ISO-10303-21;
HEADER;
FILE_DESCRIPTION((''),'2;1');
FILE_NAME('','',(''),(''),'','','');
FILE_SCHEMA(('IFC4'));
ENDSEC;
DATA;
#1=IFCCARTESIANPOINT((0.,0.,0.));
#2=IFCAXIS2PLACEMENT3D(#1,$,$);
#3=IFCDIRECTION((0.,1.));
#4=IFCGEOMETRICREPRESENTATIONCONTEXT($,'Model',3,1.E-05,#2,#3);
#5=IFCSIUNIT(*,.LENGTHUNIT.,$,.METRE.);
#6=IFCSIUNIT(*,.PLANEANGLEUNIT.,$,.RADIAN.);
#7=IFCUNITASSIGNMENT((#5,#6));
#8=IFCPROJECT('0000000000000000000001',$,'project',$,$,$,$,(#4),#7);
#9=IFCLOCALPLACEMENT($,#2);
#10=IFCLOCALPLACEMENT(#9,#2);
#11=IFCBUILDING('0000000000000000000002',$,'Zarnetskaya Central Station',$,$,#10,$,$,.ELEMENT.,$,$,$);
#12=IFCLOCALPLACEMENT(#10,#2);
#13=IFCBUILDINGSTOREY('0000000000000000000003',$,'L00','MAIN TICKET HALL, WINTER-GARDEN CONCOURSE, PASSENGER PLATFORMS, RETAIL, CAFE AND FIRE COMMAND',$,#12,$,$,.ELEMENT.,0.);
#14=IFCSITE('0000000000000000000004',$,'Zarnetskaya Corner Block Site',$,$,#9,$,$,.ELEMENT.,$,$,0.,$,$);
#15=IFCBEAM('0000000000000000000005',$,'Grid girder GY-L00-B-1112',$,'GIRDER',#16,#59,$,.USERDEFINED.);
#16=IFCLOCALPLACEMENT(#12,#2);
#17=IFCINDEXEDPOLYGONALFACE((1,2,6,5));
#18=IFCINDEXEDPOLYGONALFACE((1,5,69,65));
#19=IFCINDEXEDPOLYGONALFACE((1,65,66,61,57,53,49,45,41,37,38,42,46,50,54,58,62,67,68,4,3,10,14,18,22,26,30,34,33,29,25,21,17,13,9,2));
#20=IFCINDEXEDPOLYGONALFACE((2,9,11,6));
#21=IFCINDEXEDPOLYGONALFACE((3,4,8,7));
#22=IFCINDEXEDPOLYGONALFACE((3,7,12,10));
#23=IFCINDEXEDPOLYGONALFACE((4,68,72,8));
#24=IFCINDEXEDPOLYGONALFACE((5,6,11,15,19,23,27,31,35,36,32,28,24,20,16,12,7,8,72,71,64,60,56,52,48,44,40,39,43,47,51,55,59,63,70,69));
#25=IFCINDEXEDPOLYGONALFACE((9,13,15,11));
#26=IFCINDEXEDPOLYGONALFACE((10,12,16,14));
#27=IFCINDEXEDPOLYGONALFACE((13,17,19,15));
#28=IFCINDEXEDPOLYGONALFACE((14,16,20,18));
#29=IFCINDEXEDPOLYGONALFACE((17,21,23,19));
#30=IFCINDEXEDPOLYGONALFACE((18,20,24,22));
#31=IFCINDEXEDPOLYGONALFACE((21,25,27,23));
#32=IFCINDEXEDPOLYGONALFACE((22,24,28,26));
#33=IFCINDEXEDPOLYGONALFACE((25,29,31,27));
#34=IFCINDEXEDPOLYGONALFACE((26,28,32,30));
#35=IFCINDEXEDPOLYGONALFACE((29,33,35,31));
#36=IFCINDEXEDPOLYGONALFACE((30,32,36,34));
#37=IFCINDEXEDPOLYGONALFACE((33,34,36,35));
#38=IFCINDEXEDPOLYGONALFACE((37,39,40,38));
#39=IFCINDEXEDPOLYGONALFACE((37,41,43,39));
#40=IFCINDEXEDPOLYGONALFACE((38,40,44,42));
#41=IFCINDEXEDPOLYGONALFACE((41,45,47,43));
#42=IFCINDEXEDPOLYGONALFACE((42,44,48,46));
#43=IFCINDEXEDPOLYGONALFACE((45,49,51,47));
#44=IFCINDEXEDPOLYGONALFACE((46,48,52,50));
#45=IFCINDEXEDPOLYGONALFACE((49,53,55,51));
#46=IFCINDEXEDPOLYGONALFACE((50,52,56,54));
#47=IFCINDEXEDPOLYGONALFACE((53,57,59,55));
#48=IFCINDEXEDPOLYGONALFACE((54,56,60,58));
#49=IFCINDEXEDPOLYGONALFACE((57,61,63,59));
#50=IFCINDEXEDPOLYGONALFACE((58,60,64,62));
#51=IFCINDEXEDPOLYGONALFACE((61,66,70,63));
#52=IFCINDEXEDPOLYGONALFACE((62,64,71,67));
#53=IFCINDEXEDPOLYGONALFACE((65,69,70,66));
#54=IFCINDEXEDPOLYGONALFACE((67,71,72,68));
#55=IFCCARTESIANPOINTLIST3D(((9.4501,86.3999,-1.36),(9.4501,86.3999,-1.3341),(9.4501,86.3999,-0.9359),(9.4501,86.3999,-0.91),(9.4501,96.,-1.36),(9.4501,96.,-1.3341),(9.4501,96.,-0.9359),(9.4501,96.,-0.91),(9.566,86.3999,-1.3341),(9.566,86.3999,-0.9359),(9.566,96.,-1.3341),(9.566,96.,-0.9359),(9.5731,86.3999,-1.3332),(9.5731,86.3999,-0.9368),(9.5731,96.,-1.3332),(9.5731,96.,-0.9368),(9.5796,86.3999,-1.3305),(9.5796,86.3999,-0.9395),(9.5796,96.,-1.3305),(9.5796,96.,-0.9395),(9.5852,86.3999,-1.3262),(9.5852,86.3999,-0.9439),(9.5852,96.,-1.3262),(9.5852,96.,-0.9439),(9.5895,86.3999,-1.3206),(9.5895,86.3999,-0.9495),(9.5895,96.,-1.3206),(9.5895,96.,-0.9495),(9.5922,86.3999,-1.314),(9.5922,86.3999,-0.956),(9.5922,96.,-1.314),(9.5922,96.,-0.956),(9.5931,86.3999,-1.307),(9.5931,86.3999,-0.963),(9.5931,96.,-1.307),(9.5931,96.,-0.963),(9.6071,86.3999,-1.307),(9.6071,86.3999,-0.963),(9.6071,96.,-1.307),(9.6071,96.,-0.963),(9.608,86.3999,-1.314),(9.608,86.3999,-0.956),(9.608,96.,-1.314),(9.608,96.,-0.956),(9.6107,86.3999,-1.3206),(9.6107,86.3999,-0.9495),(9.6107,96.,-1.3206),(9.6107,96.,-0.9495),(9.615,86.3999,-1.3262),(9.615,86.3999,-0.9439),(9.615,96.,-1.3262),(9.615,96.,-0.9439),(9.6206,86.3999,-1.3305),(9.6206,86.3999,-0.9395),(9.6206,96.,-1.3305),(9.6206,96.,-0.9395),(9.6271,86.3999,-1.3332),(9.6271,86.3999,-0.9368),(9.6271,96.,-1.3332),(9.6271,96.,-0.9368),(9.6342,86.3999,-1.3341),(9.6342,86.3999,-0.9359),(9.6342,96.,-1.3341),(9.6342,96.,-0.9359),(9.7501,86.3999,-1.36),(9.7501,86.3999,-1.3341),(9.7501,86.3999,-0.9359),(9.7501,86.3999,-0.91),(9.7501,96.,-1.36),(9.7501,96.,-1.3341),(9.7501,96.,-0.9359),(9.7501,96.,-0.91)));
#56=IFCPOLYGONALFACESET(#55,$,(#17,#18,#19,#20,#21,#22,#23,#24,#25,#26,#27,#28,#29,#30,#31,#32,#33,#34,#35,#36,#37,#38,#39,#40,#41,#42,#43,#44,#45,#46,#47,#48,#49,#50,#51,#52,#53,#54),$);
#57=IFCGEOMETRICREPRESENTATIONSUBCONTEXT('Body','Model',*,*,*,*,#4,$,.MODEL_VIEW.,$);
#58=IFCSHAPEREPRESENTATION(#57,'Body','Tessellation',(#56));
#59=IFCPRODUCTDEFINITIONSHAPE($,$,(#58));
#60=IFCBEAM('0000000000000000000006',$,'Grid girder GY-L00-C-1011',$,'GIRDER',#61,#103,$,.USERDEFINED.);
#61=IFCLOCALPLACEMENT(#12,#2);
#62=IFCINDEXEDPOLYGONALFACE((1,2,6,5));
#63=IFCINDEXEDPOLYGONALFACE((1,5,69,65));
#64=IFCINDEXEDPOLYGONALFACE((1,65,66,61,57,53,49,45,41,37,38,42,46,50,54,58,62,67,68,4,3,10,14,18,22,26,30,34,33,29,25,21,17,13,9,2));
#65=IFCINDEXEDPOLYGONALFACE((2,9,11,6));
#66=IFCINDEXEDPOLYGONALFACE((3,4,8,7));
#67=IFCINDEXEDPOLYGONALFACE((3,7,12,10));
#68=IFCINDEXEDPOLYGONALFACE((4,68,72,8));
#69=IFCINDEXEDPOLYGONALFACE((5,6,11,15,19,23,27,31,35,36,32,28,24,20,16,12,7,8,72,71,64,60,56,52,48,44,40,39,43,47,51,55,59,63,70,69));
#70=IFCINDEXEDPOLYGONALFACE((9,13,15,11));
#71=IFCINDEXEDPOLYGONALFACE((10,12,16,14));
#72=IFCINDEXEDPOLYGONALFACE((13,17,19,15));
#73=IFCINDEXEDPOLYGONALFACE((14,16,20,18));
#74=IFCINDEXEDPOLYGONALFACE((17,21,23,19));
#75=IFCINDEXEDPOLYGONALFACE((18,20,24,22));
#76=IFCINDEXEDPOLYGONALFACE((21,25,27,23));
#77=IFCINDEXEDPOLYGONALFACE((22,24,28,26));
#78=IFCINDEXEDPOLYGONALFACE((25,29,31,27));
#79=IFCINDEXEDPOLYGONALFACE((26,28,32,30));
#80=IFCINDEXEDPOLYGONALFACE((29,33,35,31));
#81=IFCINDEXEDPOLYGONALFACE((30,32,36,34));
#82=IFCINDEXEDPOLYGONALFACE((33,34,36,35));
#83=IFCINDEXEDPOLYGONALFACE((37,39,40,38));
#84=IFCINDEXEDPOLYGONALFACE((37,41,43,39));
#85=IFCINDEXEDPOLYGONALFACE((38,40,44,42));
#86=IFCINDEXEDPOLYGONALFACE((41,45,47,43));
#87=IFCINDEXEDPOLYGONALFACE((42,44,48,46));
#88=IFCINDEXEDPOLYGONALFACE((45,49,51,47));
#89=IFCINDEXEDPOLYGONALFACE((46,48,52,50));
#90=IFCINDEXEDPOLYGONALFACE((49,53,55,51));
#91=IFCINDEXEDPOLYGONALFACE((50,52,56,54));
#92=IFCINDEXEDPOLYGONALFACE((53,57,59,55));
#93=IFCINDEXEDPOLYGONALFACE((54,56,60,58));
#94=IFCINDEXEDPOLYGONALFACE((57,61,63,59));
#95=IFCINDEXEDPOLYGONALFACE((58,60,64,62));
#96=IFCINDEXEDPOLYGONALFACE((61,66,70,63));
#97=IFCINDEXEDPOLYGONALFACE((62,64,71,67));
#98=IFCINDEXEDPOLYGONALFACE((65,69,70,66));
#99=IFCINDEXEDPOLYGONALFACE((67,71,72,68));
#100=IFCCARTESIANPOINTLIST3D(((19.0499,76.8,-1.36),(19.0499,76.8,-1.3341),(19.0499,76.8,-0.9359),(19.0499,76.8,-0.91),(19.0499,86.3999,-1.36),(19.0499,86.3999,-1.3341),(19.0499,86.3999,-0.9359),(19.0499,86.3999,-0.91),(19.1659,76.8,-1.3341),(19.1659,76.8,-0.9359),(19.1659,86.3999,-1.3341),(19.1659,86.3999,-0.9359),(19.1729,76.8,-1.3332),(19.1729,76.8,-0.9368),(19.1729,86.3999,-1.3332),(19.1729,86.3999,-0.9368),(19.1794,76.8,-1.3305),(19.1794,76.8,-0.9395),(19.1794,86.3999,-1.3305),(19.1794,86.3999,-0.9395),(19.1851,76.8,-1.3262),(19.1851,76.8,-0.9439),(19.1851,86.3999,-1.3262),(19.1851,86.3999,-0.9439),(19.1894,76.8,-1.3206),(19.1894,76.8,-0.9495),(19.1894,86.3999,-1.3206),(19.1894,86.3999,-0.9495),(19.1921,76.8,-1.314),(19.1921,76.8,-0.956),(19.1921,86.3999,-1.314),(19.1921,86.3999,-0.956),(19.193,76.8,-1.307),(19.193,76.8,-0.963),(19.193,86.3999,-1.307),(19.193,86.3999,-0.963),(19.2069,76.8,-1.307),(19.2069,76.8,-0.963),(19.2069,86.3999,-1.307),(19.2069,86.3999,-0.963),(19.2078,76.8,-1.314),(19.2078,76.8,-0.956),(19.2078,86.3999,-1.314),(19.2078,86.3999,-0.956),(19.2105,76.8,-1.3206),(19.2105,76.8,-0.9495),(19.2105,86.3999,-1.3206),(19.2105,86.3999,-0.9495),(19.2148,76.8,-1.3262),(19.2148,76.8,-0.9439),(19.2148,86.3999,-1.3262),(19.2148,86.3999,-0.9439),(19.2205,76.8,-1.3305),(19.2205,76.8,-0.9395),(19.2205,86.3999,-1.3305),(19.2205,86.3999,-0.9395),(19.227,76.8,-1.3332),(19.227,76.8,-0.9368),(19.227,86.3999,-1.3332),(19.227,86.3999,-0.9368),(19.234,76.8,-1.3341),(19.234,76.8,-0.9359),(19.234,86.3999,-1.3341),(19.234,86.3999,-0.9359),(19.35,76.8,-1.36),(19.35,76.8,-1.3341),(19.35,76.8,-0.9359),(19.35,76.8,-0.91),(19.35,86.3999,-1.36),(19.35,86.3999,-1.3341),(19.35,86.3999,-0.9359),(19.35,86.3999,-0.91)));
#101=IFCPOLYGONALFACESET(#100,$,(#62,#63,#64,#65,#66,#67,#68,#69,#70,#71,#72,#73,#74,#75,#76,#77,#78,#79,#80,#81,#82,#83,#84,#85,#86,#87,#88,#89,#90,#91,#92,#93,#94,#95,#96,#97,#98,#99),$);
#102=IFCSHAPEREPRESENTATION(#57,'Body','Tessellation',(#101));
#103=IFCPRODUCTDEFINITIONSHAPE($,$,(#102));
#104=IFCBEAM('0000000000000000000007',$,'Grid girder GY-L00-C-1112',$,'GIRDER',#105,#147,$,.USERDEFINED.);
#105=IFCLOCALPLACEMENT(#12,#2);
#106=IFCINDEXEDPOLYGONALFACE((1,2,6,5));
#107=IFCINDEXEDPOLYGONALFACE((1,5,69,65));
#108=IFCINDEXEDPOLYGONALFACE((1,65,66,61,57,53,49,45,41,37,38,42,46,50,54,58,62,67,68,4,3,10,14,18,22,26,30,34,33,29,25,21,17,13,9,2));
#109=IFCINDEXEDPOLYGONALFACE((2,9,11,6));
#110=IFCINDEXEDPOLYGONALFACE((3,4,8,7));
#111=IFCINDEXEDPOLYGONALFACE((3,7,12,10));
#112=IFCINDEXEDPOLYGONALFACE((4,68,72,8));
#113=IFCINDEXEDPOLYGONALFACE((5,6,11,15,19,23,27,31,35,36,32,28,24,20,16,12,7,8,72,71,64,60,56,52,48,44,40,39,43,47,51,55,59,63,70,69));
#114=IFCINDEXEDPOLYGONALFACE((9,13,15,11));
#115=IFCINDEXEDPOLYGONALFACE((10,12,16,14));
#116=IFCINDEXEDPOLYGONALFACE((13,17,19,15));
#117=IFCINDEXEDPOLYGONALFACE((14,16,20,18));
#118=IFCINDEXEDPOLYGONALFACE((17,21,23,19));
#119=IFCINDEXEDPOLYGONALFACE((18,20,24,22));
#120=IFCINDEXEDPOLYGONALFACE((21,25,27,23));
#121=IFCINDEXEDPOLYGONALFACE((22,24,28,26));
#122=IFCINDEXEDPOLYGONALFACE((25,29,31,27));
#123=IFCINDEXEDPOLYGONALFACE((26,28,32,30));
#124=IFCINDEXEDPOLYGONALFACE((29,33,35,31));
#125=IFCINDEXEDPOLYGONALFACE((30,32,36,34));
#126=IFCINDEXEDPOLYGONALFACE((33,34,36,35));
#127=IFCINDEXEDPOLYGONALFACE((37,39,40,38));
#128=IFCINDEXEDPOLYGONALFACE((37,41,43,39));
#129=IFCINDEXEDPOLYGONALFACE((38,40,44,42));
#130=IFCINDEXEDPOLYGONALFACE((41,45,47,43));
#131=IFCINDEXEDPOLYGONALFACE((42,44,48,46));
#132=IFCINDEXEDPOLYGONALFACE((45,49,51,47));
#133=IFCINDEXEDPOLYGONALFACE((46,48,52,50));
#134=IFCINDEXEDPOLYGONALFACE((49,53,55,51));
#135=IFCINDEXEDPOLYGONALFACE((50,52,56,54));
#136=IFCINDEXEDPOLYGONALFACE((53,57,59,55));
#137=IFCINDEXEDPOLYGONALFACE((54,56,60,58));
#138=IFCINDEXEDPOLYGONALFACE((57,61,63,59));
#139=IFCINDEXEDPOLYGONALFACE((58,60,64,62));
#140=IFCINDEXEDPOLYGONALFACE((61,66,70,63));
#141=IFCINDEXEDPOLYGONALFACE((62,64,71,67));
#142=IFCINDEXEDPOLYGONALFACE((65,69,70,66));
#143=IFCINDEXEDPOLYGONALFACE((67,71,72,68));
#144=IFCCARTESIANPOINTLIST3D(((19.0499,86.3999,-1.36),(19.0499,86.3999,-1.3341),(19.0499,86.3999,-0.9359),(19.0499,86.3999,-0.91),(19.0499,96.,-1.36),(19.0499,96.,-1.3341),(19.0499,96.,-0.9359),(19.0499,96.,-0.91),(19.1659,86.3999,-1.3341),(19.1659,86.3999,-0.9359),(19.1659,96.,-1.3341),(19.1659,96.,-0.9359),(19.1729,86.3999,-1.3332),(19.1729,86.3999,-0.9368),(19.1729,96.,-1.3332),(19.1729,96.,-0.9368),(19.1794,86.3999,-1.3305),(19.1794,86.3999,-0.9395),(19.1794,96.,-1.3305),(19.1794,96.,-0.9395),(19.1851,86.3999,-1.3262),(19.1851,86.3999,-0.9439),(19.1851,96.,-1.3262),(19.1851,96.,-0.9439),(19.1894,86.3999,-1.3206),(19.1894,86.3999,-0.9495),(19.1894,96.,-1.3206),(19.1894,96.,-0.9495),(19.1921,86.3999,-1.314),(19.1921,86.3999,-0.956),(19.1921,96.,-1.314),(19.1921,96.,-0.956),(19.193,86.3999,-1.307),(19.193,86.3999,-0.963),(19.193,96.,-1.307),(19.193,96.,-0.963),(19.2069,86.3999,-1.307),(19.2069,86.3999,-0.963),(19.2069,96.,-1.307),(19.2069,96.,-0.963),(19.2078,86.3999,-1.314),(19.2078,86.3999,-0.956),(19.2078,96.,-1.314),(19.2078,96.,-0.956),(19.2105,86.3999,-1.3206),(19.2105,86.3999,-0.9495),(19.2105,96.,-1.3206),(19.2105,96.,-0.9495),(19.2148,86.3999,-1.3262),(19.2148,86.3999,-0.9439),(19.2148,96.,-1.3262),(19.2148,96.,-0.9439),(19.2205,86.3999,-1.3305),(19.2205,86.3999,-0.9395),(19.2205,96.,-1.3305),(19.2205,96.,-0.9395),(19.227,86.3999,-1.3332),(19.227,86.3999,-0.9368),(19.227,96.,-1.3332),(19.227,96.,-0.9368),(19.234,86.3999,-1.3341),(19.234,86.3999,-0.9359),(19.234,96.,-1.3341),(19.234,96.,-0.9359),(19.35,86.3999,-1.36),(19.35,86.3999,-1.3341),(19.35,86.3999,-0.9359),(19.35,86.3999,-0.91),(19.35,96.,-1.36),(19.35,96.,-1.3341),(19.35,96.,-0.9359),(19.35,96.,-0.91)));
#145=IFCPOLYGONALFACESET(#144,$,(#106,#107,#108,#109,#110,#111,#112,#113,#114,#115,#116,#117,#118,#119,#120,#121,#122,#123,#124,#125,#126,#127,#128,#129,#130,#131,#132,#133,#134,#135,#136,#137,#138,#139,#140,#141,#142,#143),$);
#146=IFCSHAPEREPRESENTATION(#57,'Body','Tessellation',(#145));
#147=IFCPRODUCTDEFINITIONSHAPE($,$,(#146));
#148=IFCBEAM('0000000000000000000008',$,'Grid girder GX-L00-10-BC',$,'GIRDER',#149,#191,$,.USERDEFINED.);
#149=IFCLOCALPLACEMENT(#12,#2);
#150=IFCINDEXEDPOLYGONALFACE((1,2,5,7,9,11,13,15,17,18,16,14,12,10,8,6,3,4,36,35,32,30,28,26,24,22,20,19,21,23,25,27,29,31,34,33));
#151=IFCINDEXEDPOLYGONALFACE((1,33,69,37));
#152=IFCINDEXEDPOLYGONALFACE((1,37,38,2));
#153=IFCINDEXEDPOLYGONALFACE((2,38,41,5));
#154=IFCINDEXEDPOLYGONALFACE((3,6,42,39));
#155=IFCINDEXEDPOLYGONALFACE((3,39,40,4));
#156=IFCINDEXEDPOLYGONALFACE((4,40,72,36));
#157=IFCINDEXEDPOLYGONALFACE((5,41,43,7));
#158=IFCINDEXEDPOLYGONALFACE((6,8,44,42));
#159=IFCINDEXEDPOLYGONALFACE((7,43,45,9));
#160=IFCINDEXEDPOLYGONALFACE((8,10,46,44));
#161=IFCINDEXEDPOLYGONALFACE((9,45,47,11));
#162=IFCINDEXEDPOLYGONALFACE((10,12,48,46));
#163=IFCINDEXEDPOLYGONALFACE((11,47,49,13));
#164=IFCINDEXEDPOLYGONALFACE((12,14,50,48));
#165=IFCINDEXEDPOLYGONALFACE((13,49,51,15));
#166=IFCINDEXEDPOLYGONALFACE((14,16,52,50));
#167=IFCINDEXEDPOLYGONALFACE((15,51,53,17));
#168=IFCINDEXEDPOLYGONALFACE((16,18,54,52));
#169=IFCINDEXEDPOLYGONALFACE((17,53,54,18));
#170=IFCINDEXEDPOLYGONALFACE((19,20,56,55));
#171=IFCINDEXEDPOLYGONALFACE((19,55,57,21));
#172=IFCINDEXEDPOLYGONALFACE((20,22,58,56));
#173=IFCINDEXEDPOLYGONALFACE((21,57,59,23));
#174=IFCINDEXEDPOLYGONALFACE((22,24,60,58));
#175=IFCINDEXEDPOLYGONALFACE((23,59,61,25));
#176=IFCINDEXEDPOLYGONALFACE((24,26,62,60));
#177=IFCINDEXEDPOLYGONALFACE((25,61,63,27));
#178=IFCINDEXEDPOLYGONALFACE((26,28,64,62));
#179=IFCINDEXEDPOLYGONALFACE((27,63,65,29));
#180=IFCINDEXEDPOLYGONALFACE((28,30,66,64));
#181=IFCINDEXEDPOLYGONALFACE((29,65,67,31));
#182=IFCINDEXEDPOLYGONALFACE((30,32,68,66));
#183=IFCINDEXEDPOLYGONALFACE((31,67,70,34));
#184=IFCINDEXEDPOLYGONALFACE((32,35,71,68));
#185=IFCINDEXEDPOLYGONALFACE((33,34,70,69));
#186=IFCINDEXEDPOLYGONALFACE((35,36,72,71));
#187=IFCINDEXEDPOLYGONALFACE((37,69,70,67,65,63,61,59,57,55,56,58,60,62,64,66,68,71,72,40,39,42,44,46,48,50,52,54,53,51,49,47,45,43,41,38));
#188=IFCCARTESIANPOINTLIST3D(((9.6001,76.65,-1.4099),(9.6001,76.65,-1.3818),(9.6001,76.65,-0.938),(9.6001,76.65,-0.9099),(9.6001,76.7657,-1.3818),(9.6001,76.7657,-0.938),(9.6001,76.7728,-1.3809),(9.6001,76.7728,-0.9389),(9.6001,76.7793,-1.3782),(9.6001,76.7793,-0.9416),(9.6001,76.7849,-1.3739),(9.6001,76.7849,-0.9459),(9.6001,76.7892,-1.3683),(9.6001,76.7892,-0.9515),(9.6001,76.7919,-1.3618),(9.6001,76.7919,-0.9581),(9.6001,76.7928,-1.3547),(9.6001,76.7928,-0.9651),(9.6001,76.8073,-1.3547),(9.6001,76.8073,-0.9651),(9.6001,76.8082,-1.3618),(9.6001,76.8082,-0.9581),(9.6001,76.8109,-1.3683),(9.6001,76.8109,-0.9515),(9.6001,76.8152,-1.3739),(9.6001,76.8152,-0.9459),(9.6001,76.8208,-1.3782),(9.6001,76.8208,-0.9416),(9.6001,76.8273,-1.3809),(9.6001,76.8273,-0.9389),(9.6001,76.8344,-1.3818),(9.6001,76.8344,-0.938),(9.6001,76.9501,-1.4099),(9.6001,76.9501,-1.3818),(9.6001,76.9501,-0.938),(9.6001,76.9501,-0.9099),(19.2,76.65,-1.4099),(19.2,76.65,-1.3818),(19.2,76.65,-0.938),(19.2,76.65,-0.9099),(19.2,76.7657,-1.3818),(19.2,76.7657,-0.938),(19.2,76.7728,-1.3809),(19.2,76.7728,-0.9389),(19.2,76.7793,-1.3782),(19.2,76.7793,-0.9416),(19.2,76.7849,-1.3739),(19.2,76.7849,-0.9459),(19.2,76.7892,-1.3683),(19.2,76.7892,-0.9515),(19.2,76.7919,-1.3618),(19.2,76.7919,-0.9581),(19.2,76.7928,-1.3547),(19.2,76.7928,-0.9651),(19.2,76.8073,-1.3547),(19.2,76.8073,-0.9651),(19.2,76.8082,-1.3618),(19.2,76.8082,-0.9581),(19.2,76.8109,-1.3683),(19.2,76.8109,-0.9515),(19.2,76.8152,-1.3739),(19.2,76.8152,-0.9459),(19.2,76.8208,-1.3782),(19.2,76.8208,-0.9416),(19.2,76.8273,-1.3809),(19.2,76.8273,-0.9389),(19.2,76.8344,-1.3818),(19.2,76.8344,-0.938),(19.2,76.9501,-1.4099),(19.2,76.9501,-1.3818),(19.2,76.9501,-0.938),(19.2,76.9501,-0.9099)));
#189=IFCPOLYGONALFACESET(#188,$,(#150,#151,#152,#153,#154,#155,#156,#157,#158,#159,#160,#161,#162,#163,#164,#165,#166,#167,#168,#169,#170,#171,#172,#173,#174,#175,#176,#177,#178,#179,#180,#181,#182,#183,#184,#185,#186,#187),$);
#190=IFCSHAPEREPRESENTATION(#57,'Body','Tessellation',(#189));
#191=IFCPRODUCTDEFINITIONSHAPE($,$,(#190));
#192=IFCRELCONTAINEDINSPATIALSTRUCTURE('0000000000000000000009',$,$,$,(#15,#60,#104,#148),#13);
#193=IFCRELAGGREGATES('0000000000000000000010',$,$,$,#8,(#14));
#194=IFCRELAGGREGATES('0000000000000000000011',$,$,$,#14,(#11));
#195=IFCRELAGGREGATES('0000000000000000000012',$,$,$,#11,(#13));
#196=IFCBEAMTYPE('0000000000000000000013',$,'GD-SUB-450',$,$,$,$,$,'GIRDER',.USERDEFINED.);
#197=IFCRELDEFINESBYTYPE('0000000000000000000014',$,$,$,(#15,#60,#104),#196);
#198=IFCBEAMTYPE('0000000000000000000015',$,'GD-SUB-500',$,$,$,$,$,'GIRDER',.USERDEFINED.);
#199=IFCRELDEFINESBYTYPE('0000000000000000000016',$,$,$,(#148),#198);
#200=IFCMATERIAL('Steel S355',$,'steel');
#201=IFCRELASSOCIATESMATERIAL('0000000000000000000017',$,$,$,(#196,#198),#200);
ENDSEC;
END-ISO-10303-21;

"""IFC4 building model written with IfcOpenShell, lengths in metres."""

from ifc_helpers import new_model, si_unit, direction, frame, origin, origin_2d, place, context, subcontext, project, spatial, i_section, extrude, material, material_profile, profile_set, type_object, element, save


model = new_model("IFC4")

# Units and contexts
model_context = context("Model", 3, precision=1e-05, world=origin(), true_north=direction((0.0, 1.0)))
body_context = subcontext(model_context, "Body", "Model", "MODEL_VIEW")
ifc_project = project(units=[si_unit("LENGTHUNIT", "METRE"), si_unit("PLANEANGLEUNIT", "RADIAN")], contexts=[model_context])

# Site, building, storey
site_placement = place(None, origin())
site = spatial("IfcSite", under=ifc_project, at=site_placement, Name="Zarnetskaya Corner Block Site", CompositionType="ELEMENT", RefElevation=0.0)
building_placement = place(site_placement, origin())
building = spatial("IfcBuilding", under=site, at=building_placement, Name="Zarnetskaya Central Station", CompositionType="ELEMENT")
storey_placement = place(building_placement, origin())
storey = spatial("IfcBuildingStorey", under=building, at=storey_placement, Name="L00", Description="MAIN TICKET HALL, WINTER-GARDEN CONCOURSE, PASSENGER PLATFORMS, RETAIL, CAFE AND FIRE COMMAND", CompositionType="ELEMENT", Elevation=0.0)

# Shared definitions
ifc_material = material(Name="Steel S355", Category="steel")

# Beams
ifc_material_profile_1 = material_profile(ifc_material, i_section(OverallWidth=0.3, OverallDepth=0.45, WebThickness=0.0139, FlangeThickness=0.0259, FilletRadius=0.0271, at=origin_2d()), Name="HEB 450")
ifc_profile_set_1 = profile_set([ifc_material_profile_1], Name="Steel S355")
beam_type_1 = type_object("IfcBeamType", Name="GD-SUB-450", ElementType="GIRDER", PredefinedType="USERDEFINED", material=ifc_profile_set_1)
beam_1_placement = place(storey_placement, frame((9.6001, 86.3999, -1.135), z_axis=(0.0, 1.0, 0.0), x_axis=(-1.0, 0.0, 0.0)))
element("IfcBeam", 1, at=beam_1_placement, inside=storey, type_object=beam_type_1, Name="Grid girder GY-L00-B-1112", ObjectType="GIRDER", PredefinedType="USERDEFINED", context=body_context, shape_type="SweptSolid", body=[
    extrude(i_section(OverallWidth=0.3, OverallDepth=0.45, WebThickness=0.0139, FlangeThickness=0.0259, FilletRadius=0.0271, at=origin_2d()), origin(), (0.0, 0.0, 1.0), 9.6001),
])
beam_2_placement = place(storey_placement, frame((19.2, 76.8, -1.135), z_axis=(0.0, 1.0, 0.0), x_axis=(-1.0, 0.0, 0.0)))
element("IfcBeam", 2, at=beam_2_placement, inside=storey, type_object=beam_type_1, Name="Grid girder GY-L00-C-1011", ObjectType="GIRDER", PredefinedType="USERDEFINED", context=body_context, shape_type="SweptSolid", body=[
    extrude(i_section(OverallWidth=0.3, OverallDepth=0.45, WebThickness=0.0139, FlangeThickness=0.0259, FilletRadius=0.0271, at=origin_2d()), origin(), (0.0, 0.0, 1.0), 9.5999),
])
beam_3_placement = place(storey_placement, frame((19.2, 86.3999, -1.135), z_axis=(0.0, 1.0, 0.0), x_axis=(-1.0, 0.0, 0.0)))
element("IfcBeam", 3, at=beam_3_placement, inside=storey, type_object=beam_type_1, Name="Grid girder GY-L00-C-1112", ObjectType="GIRDER", PredefinedType="USERDEFINED", context=body_context, shape_type="SweptSolid", body=[
    extrude(i_section(OverallWidth=0.3, OverallDepth=0.45, WebThickness=0.0139, FlangeThickness=0.0259, FilletRadius=0.0271, at=origin_2d()), origin(), (0.0, 0.0, 1.0), 9.6001),
])
ifc_material_profile_2 = material_profile(ifc_material, i_section(OverallWidth=0.3, OverallDepth=0.5, WebThickness=0.0144, FlangeThickness=0.0281, FilletRadius=0.0271, at=origin_2d()), Name="HEB 500")
ifc_profile_set_2 = profile_set([ifc_material_profile_2], Name="Steel S355")
beam_type_2 = type_object("IfcBeamType", Name="GD-SUB-500", ElementType="GIRDER", PredefinedType="USERDEFINED", material=ifc_profile_set_2)
for number, where, z_axis, x_axis, name in (
    (4, (9.6001, 76.8, -1.1599), (1.0, 0.0, 0.0), (0.0, 1.0, 0.0), "Grid girder GX-L00-10-BC"),
):
    element("IfcBeam", number, at=place(storey_placement, frame(where, z_axis=z_axis, x_axis=x_axis)), inside=storey, type_object=beam_type_2, Name=name, ObjectType="GIRDER", PredefinedType="USERDEFINED", context=body_context, shape_type="SweptSolid", body=[
        extrude(i_section(OverallWidth=0.3, OverallDepth=0.5, WebThickness=0.0144, FlangeThickness=0.0281, FilletRadius=0.0271, at=origin_2d()), origin(), (0.0, 0.0, 1.0), 9.5999),
    ])

save(model, "model.ifc")
